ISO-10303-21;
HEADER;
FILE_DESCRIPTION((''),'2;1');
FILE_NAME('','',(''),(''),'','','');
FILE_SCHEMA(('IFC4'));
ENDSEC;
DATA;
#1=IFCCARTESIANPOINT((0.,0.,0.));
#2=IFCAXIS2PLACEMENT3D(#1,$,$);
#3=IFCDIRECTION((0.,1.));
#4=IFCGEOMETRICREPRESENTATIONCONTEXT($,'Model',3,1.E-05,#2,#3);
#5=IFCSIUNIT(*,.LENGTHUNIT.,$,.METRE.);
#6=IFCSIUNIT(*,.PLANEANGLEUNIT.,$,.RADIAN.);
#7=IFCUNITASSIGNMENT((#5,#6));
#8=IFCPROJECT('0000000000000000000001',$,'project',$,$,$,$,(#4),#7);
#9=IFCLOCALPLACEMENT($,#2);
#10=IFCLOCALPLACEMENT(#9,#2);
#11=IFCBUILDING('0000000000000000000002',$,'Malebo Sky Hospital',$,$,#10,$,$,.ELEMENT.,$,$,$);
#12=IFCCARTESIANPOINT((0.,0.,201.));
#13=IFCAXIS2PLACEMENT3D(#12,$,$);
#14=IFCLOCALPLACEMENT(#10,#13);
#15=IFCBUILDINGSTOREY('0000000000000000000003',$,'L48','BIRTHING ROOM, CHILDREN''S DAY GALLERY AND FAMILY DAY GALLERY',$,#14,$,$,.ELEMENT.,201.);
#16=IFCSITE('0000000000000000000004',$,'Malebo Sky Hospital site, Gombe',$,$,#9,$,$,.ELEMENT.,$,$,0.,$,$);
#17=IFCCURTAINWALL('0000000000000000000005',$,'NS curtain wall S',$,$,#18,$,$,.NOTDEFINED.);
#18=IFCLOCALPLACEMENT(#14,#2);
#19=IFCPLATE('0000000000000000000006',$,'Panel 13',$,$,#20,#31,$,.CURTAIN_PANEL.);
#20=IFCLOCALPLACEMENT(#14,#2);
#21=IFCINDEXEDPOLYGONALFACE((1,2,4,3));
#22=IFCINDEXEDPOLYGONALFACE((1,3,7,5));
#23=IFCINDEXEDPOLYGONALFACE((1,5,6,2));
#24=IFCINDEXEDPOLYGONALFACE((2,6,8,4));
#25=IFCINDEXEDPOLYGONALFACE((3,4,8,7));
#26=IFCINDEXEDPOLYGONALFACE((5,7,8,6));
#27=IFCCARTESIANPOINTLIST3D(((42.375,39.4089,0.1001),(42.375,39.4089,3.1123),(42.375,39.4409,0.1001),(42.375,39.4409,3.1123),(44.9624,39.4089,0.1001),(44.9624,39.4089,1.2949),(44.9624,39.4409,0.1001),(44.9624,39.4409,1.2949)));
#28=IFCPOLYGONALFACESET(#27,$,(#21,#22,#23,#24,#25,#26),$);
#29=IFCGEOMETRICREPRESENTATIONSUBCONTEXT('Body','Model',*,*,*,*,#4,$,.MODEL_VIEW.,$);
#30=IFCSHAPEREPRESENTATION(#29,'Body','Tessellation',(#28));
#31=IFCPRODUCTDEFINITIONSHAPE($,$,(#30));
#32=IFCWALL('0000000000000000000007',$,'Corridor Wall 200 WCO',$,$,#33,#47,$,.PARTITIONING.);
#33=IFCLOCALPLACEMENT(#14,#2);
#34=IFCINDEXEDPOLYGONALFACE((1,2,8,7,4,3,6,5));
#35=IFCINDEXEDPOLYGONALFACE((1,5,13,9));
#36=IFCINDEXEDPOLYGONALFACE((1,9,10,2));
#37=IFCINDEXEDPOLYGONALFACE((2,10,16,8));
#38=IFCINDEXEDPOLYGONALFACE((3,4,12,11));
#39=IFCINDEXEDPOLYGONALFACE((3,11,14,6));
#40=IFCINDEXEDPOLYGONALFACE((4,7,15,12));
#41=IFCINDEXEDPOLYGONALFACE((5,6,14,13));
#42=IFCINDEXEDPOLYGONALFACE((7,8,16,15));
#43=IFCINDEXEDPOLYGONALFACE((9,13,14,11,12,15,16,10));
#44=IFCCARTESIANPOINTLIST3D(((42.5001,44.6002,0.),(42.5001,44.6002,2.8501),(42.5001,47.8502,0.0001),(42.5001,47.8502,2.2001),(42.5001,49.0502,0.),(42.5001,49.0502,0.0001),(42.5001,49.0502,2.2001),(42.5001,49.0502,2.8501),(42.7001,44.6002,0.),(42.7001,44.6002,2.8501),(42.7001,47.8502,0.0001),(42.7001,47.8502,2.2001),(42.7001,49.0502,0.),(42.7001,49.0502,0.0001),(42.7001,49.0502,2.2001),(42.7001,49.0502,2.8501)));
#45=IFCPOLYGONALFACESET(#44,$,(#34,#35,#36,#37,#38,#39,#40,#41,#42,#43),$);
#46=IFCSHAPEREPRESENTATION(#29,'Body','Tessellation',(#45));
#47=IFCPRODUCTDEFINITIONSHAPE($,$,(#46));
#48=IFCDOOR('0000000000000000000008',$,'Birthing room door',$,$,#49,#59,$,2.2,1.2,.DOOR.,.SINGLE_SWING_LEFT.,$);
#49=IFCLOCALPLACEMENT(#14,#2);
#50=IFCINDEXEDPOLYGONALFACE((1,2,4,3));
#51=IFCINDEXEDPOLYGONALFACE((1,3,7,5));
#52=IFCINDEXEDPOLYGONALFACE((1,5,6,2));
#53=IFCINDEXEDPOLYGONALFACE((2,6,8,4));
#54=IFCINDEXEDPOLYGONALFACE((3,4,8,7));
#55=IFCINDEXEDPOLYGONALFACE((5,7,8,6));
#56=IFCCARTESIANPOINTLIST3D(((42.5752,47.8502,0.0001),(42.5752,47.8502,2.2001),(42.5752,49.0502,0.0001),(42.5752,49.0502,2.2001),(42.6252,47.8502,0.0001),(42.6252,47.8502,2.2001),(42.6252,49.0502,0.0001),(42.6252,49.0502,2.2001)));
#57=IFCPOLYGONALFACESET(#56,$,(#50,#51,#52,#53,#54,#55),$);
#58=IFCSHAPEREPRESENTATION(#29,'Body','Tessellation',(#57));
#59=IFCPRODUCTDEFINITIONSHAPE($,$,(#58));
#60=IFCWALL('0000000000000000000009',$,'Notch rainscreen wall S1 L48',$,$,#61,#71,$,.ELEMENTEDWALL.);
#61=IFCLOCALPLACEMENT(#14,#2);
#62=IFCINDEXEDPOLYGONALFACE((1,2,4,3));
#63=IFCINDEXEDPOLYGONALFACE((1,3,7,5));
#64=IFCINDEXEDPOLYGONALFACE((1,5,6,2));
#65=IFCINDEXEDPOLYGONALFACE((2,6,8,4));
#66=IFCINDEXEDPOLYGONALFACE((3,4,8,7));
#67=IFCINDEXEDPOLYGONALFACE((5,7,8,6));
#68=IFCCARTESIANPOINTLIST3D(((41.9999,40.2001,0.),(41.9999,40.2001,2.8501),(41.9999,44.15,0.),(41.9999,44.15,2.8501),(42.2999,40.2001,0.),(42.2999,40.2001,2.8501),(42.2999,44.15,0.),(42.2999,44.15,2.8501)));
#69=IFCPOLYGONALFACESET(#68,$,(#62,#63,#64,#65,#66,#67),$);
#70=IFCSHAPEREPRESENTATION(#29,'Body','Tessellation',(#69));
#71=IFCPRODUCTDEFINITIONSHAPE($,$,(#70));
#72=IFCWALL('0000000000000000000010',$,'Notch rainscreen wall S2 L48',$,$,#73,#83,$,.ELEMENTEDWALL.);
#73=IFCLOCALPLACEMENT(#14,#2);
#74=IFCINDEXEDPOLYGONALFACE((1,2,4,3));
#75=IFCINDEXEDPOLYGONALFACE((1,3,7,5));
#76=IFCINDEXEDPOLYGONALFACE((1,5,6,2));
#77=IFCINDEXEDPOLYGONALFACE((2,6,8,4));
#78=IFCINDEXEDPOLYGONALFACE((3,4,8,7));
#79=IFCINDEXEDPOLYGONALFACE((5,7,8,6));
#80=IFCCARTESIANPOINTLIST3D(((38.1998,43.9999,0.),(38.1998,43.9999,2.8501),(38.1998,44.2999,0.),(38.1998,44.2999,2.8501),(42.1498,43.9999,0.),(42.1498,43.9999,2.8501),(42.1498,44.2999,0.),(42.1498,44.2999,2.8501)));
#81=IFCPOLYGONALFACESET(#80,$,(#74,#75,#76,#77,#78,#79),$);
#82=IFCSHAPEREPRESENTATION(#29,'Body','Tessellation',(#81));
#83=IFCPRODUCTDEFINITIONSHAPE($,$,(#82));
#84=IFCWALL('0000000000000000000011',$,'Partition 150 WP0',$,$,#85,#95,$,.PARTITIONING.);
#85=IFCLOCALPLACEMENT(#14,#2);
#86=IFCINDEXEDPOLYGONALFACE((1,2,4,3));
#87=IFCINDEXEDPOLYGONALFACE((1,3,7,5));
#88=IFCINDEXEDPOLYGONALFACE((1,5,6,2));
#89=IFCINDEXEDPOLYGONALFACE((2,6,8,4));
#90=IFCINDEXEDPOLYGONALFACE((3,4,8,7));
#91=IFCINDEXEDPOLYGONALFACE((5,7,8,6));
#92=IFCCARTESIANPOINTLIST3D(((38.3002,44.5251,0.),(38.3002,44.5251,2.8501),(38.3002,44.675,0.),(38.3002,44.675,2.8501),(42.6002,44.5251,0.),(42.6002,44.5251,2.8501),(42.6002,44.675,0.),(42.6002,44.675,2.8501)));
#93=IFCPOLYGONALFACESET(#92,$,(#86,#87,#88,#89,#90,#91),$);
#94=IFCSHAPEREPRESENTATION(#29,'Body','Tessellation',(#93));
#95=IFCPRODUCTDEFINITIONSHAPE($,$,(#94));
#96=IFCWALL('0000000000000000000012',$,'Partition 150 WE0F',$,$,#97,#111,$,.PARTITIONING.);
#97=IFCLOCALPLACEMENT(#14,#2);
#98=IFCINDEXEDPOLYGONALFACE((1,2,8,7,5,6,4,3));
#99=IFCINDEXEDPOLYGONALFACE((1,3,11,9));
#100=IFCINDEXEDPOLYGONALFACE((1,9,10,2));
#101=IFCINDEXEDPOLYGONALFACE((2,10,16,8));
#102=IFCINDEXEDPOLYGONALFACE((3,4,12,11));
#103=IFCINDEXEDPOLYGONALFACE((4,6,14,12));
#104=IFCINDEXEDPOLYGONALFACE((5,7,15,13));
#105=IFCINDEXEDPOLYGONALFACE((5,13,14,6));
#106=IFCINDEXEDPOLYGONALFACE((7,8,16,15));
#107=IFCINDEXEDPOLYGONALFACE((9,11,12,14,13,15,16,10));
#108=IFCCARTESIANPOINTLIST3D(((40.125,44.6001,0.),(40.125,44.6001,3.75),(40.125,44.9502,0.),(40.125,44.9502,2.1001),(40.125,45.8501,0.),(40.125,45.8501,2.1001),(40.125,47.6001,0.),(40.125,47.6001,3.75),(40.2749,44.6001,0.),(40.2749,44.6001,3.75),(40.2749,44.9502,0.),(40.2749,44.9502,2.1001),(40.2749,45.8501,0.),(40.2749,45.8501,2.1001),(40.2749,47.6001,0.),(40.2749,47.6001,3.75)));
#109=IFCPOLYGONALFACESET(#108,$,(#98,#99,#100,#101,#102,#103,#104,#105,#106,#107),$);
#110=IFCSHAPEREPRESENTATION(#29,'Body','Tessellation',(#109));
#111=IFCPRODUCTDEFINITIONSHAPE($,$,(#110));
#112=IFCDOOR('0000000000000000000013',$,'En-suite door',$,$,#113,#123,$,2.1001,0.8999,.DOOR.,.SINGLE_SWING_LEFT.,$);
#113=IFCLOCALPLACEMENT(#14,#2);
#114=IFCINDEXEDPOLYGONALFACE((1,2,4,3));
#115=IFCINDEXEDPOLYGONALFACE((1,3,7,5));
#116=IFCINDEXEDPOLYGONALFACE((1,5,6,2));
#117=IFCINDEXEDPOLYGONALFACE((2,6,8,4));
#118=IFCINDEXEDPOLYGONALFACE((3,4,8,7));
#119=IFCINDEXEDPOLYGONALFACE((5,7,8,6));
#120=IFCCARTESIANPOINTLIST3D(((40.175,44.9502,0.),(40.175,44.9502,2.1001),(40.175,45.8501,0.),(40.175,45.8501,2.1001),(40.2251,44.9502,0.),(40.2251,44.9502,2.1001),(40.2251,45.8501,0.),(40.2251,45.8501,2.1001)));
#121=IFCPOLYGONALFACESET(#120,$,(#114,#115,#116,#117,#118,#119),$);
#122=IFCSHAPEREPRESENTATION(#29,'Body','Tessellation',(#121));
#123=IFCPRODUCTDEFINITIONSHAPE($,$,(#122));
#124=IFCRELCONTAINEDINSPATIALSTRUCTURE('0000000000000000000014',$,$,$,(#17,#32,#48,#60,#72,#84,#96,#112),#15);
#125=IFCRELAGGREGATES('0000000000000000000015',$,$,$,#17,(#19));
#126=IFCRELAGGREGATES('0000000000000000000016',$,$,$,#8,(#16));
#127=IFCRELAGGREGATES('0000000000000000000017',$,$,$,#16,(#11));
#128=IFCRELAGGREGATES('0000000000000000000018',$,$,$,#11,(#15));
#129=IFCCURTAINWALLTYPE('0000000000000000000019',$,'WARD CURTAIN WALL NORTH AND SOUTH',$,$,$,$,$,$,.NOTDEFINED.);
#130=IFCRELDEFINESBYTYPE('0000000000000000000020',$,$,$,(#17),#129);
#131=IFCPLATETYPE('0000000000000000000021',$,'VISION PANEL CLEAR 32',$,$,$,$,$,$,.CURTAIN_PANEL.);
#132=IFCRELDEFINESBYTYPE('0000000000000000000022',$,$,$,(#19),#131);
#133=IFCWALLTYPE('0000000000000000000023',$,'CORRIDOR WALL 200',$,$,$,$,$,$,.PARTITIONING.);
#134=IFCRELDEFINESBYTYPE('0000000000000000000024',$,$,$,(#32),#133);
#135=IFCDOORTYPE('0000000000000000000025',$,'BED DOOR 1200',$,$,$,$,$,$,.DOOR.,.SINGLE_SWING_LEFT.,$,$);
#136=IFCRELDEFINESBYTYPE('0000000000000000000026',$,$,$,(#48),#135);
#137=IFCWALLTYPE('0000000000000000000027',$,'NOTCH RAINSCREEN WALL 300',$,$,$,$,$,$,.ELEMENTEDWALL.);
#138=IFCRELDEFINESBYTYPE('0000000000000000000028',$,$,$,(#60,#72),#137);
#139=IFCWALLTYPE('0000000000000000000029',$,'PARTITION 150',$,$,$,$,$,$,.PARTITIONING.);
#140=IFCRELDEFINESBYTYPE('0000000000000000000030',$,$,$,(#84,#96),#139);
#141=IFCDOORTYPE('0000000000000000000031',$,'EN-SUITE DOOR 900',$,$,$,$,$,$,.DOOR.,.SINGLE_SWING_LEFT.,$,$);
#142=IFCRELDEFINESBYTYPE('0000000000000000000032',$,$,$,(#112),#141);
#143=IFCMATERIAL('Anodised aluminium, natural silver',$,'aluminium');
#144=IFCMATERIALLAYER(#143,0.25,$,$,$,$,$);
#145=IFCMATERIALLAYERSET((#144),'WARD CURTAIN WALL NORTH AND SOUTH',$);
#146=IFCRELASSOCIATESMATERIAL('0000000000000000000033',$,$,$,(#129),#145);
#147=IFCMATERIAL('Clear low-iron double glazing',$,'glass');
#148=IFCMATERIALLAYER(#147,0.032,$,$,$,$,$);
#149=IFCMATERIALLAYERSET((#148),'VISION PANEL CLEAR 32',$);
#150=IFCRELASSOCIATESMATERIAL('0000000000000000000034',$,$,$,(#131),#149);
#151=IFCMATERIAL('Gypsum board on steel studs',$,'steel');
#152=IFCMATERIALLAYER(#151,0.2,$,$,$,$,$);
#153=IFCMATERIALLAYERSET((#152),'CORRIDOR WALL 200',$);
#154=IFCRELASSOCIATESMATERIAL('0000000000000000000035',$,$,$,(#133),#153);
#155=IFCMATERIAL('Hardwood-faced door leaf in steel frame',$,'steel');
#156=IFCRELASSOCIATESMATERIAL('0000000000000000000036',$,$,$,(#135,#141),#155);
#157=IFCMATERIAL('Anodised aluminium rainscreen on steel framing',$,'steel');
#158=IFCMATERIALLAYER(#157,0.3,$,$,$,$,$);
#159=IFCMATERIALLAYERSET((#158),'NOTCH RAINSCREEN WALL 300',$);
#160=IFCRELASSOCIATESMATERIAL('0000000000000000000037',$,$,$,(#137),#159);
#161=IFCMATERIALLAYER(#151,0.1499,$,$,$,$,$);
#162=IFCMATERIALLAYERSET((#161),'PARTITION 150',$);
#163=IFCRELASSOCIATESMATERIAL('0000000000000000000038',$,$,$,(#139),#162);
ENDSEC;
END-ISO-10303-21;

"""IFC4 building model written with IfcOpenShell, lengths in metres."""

from ifc_helpers import new_model, si_unit, direction, frame, frame_2d, origin, place, context, subcontext, project, spatial, polyline, rectangle, outline, extrude, material, layer, layer_set, type_object, element, fill, aggregate, save


model = new_model("IFC4")

# Units and contexts
model_context = context("Model", 3, precision=1e-05, world=origin(), true_north=direction((0.0, 1.0)))
body_context = subcontext(model_context, "Body", "Model", "MODEL_VIEW")
ifc_project = project(units=[si_unit("LENGTHUNIT", "METRE"), si_unit("PLANEANGLEUNIT", "RADIAN")], contexts=[model_context])

# Site, building, storey
site_placement = place(None, origin())
site = spatial("IfcSite", under=ifc_project, at=site_placement, Name="Malebo Sky Hospital site, Gombe", CompositionType="ELEMENT", RefElevation=0.0)
building_placement = place(site_placement, origin())
building = spatial("IfcBuilding", under=site, at=building_placement, Name="Malebo Sky Hospital", CompositionType="ELEMENT")
storey_placement = place(building_placement, frame((0.0, 0.0, 201.0)))
storey = spatial("IfcBuildingStorey", under=building, at=storey_placement, Name="L48", Description="BIRTHING ROOM, CHILDREN'S DAY GALLERY AND FAMILY DAY GALLERY", CompositionType="ELEMENT", Elevation=201.0)

# Curtain wall
ifc_material_1 = material(Name="Anodised aluminium, natural silver", Category="aluminium")
ifc_layer_1 = layer(ifc_material_1, 0.25)
ifc_layer_set_1 = layer_set([ifc_layer_1], Name="WARD CURTAIN WALL NORTH AND SOUTH")
curtain_wall_type_1 = type_object("IfcCurtainWallType", Name="WARD CURTAIN WALL NORTH AND SOUTH", PredefinedType="NOTDEFINED", material=ifc_layer_set_1)
curtain_wall_1_placement = place(storey_placement, origin())
curtain_wall_1 = element("IfcCurtainWall", 1, at=curtain_wall_1_placement, inside=storey, type_object=curtain_wall_type_1, Name="NS curtain wall S", PredefinedType="NOTDEFINED")

# Plate
ifc_material_2 = material(Name="Clear low-iron double glazing", Category="glass")
ifc_layer_2 = layer(ifc_material_2, 0.032)
ifc_layer_set_2 = layer_set([ifc_layer_2], Name="VISION PANEL CLEAR 32")
plate_type = type_object("IfcPlateType", Name="VISION PANEL CLEAR 32", PredefinedType="CURTAIN_PANEL", material=ifc_layer_set_2)
plate_placement = place(storey_placement, frame((43.6687, 39.425, 0.1001), z_axis=(0.0, 0.0, 1.0), x_axis=(-1.0, 0.0, 0.0)))
plate = element("IfcPlate", 2, at=plate_placement, type_object=plate_type, Name="Panel 13", PredefinedType="CURTAIN_PANEL", context=body_context, shape_type="SweptSolid", body=[
    extrude(outline(polyline([(-1.2937, 0.0), (1.2937, 0.0), (1.2937, 3.0122), (-1.2937, 1.1948), (-1.2937, 0.0)])), frame((0.0, 0.0161, 0.0), z_axis=(0.0, -1.0, 0.0), x_axis=(1.0, 0.0, 0.0)), (0.0, 0.0, 1.0), 0.032),
])
aggregate(curtain_wall_1, [plate])

# Wall, opening, door
ifc_material_3 = material(Name="Gypsum board on steel studs", Category="steel")
ifc_layer_3 = layer(ifc_material_3, 0.2)
ifc_layer_set_3 = layer_set([ifc_layer_3], Name="CORRIDOR WALL 200")
wall_type_1 = type_object("IfcWallType", Name="CORRIDOR WALL 200", PredefinedType="PARTITIONING", material=ifc_layer_set_3)
wall_1_placement = place(storey_placement, frame((42.6001, 44.6001, 0.0), z_axis=(0.0, 0.0, 1.0), x_axis=(0.0, 1.0, 0.0)))
wall_1 = element("IfcWall", 3, at=wall_1_placement, inside=storey, type_object=wall_type_1, Name="Corridor Wall 200 WCO", PredefinedType="PARTITIONING", context=body_context, shape_type="SweptSolid", body=[
    extrude(rectangle(XDim=4.45, YDim=0.2, at=frame_2d((2.2251, 0.0))), origin(), (0.0, 0.0, 1.0), 2.8501),
])
opening_1_placement = place(wall_1_placement, frame((3.25, 0.0, 0.0)))
opening_1 = element("IfcOpeningElement", 4, at=opening_1_placement, cuts=wall_1, PredefinedType="OPENING", context=body_context, shape_type="SweptSolid", body=[
    extrude(rectangle(XDim=1.2, YDim=2.2, at=frame_2d((0.6001, 1.1001))), frame((0.0, 0.1099, 0.0), z_axis=(0.0, -1.0, 0.0), x_axis=(1.0, 0.0, 0.0)), (0.0, 0.0, 1.0), 0.22),
])
ifc_material_4 = material(Name="Hardwood-faced door leaf in steel frame", Category="steel")
door_type_1 = type_object("IfcDoorType", Name="BED DOOR 1200", OperationType="SINGLE_SWING_LEFT", PredefinedType="DOOR", material=ifc_material_4)
door_1_placement = place(opening_1_placement, origin())
door_1 = element("IfcDoor", 5, at=door_1_placement, inside=storey, type_object=door_type_1, Name="Birthing room door", OperationType="SINGLE_SWING_LEFT", OverallHeight=2.2, OverallWidth=1.2, PredefinedType="DOOR", context=body_context, shape_type="SweptSolid", body=[
    extrude(rectangle(XDim=1.2, YDim=2.2, at=frame_2d((0.6001, 1.1001))), frame((0.0, 0.0249, 0.0), z_axis=(0.0, -1.0, 0.0), x_axis=(1.0, 0.0, 0.0)), (0.0, 0.0, 1.0), 0.05),
])
fill(opening_1, door_1)

# Walls
ifc_material_5 = material(Name="Anodised aluminium rainscreen on steel framing", Category="steel")
ifc_layer_4 = layer(ifc_material_5, 0.3)
ifc_layer_set_4 = layer_set([ifc_layer_4], Name="NOTCH RAINSCREEN WALL 300")
wall_type_2 = type_object("IfcWallType", Name="NOTCH RAINSCREEN WALL 300", PredefinedType="ELEMENTEDWALL", material=ifc_layer_set_4)
for number, where, z_axis, x_axis, name in (
    (6, (42.1499, 40.2, 0.0), (0.0, 0.0, 1.0), (0.0, 1.0, 0.0), "Notch rainscreen wall S1 L48"),
    (7, (42.1499, 44.1499, 0.0), (0.0, 0.0, 1.0), (-1.0, 0.0, 0.0), "Notch rainscreen wall S2 L48"),
):
    element("IfcWall", number, at=place(storey_placement, frame(where, z_axis=z_axis, x_axis=x_axis)), inside=storey, type_object=wall_type_2, Name=name, PredefinedType="ELEMENTEDWALL", context=body_context, shape_type="SweptSolid", body=[
        extrude(rectangle(XDim=3.95, YDim=0.3, at=frame_2d((1.9751, 0.0))), origin(), (0.0, 0.0, 1.0), 2.8501),
    ])
ifc_layer_5 = layer(ifc_material_3, 0.1499)
ifc_layer_set_5 = layer_set([ifc_layer_5], Name="PARTITION 150")
wall_type_3 = type_object("IfcWallType", Name="PARTITION 150", PredefinedType="PARTITIONING", material=ifc_layer_set_5)
wall_2_placement = place(storey_placement, frame((42.6001, 44.6001, 0.0), z_axis=(0.0, 0.0, 1.0), x_axis=(-1.0, 0.0, 0.0)))
element("IfcWall", 8, at=wall_2_placement, inside=storey, type_object=wall_type_3, Name="Partition 150 WP0", PredefinedType="PARTITIONING", context=body_context, shape_type="SweptSolid", body=[
    extrude(rectangle(XDim=4.3, YDim=0.1499, at=frame_2d((2.1499, 0.0))), origin(), (0.0, 0.0, 1.0), 2.8501),
])

# Wall, opening, door
wall_3_placement = place(storey_placement, frame((40.2, 44.6001, 0.0), z_axis=(0.0, 0.0, 1.0), x_axis=(0.0, 1.0, 0.0)))
wall_3 = element("IfcWall", 9, at=wall_3_placement, inside=storey, type_object=wall_type_3, Name="Partition 150 WE0F", PredefinedType="PARTITIONING", context=body_context, shape_type="SweptSolid", body=[
    extrude(rectangle(XDim=3.0, YDim=0.1499, at=frame_2d((1.5, 0.0))), origin(), (0.0, 0.0, 1.0), 3.75),
])
opening_2_placement = place(wall_3_placement, frame((0.3501, 0.0, 0.0)))
opening_2 = element("IfcOpeningElement", 10, at=opening_2_placement, cuts=wall_3, PredefinedType="OPENING", context=body_context, shape_type="SweptSolid", body=[
    extrude(rectangle(XDim=0.8999, YDim=2.1001, at=frame_2d((0.45, 1.05))), frame((0.0, 0.085, 0.0), z_axis=(0.0, -1.0, 0.0), x_axis=(1.0, 0.0, 0.0)), (0.0, 0.0, 1.0), 0.1699),
])
door_type_2 = type_object("IfcDoorType", Name="EN-SUITE DOOR 900", OperationType="SINGLE_SWING_LEFT", PredefinedType="DOOR", material=ifc_material_4)
door_2_placement = place(opening_2_placement, origin())
door_2 = element("IfcDoor", 11, at=door_2_placement, inside=storey, type_object=door_type_2, Name="En-suite door", OperationType="SINGLE_SWING_LEFT", OverallHeight=2.1001, OverallWidth=0.8999, PredefinedType="DOOR", context=body_context, shape_type="SweptSolid", body=[
    extrude(rectangle(XDim=0.8999, YDim=2.1001, at=frame_2d((0.45, 1.05))), frame((0.0, 0.0249, 0.0), z_axis=(0.0, -1.0, 0.0), x_axis=(1.0, 0.0, 0.0)), (0.0, 0.0, 1.0), 0.05),
])
fill(opening_2, door_2)

save(model, "model.ifc")
